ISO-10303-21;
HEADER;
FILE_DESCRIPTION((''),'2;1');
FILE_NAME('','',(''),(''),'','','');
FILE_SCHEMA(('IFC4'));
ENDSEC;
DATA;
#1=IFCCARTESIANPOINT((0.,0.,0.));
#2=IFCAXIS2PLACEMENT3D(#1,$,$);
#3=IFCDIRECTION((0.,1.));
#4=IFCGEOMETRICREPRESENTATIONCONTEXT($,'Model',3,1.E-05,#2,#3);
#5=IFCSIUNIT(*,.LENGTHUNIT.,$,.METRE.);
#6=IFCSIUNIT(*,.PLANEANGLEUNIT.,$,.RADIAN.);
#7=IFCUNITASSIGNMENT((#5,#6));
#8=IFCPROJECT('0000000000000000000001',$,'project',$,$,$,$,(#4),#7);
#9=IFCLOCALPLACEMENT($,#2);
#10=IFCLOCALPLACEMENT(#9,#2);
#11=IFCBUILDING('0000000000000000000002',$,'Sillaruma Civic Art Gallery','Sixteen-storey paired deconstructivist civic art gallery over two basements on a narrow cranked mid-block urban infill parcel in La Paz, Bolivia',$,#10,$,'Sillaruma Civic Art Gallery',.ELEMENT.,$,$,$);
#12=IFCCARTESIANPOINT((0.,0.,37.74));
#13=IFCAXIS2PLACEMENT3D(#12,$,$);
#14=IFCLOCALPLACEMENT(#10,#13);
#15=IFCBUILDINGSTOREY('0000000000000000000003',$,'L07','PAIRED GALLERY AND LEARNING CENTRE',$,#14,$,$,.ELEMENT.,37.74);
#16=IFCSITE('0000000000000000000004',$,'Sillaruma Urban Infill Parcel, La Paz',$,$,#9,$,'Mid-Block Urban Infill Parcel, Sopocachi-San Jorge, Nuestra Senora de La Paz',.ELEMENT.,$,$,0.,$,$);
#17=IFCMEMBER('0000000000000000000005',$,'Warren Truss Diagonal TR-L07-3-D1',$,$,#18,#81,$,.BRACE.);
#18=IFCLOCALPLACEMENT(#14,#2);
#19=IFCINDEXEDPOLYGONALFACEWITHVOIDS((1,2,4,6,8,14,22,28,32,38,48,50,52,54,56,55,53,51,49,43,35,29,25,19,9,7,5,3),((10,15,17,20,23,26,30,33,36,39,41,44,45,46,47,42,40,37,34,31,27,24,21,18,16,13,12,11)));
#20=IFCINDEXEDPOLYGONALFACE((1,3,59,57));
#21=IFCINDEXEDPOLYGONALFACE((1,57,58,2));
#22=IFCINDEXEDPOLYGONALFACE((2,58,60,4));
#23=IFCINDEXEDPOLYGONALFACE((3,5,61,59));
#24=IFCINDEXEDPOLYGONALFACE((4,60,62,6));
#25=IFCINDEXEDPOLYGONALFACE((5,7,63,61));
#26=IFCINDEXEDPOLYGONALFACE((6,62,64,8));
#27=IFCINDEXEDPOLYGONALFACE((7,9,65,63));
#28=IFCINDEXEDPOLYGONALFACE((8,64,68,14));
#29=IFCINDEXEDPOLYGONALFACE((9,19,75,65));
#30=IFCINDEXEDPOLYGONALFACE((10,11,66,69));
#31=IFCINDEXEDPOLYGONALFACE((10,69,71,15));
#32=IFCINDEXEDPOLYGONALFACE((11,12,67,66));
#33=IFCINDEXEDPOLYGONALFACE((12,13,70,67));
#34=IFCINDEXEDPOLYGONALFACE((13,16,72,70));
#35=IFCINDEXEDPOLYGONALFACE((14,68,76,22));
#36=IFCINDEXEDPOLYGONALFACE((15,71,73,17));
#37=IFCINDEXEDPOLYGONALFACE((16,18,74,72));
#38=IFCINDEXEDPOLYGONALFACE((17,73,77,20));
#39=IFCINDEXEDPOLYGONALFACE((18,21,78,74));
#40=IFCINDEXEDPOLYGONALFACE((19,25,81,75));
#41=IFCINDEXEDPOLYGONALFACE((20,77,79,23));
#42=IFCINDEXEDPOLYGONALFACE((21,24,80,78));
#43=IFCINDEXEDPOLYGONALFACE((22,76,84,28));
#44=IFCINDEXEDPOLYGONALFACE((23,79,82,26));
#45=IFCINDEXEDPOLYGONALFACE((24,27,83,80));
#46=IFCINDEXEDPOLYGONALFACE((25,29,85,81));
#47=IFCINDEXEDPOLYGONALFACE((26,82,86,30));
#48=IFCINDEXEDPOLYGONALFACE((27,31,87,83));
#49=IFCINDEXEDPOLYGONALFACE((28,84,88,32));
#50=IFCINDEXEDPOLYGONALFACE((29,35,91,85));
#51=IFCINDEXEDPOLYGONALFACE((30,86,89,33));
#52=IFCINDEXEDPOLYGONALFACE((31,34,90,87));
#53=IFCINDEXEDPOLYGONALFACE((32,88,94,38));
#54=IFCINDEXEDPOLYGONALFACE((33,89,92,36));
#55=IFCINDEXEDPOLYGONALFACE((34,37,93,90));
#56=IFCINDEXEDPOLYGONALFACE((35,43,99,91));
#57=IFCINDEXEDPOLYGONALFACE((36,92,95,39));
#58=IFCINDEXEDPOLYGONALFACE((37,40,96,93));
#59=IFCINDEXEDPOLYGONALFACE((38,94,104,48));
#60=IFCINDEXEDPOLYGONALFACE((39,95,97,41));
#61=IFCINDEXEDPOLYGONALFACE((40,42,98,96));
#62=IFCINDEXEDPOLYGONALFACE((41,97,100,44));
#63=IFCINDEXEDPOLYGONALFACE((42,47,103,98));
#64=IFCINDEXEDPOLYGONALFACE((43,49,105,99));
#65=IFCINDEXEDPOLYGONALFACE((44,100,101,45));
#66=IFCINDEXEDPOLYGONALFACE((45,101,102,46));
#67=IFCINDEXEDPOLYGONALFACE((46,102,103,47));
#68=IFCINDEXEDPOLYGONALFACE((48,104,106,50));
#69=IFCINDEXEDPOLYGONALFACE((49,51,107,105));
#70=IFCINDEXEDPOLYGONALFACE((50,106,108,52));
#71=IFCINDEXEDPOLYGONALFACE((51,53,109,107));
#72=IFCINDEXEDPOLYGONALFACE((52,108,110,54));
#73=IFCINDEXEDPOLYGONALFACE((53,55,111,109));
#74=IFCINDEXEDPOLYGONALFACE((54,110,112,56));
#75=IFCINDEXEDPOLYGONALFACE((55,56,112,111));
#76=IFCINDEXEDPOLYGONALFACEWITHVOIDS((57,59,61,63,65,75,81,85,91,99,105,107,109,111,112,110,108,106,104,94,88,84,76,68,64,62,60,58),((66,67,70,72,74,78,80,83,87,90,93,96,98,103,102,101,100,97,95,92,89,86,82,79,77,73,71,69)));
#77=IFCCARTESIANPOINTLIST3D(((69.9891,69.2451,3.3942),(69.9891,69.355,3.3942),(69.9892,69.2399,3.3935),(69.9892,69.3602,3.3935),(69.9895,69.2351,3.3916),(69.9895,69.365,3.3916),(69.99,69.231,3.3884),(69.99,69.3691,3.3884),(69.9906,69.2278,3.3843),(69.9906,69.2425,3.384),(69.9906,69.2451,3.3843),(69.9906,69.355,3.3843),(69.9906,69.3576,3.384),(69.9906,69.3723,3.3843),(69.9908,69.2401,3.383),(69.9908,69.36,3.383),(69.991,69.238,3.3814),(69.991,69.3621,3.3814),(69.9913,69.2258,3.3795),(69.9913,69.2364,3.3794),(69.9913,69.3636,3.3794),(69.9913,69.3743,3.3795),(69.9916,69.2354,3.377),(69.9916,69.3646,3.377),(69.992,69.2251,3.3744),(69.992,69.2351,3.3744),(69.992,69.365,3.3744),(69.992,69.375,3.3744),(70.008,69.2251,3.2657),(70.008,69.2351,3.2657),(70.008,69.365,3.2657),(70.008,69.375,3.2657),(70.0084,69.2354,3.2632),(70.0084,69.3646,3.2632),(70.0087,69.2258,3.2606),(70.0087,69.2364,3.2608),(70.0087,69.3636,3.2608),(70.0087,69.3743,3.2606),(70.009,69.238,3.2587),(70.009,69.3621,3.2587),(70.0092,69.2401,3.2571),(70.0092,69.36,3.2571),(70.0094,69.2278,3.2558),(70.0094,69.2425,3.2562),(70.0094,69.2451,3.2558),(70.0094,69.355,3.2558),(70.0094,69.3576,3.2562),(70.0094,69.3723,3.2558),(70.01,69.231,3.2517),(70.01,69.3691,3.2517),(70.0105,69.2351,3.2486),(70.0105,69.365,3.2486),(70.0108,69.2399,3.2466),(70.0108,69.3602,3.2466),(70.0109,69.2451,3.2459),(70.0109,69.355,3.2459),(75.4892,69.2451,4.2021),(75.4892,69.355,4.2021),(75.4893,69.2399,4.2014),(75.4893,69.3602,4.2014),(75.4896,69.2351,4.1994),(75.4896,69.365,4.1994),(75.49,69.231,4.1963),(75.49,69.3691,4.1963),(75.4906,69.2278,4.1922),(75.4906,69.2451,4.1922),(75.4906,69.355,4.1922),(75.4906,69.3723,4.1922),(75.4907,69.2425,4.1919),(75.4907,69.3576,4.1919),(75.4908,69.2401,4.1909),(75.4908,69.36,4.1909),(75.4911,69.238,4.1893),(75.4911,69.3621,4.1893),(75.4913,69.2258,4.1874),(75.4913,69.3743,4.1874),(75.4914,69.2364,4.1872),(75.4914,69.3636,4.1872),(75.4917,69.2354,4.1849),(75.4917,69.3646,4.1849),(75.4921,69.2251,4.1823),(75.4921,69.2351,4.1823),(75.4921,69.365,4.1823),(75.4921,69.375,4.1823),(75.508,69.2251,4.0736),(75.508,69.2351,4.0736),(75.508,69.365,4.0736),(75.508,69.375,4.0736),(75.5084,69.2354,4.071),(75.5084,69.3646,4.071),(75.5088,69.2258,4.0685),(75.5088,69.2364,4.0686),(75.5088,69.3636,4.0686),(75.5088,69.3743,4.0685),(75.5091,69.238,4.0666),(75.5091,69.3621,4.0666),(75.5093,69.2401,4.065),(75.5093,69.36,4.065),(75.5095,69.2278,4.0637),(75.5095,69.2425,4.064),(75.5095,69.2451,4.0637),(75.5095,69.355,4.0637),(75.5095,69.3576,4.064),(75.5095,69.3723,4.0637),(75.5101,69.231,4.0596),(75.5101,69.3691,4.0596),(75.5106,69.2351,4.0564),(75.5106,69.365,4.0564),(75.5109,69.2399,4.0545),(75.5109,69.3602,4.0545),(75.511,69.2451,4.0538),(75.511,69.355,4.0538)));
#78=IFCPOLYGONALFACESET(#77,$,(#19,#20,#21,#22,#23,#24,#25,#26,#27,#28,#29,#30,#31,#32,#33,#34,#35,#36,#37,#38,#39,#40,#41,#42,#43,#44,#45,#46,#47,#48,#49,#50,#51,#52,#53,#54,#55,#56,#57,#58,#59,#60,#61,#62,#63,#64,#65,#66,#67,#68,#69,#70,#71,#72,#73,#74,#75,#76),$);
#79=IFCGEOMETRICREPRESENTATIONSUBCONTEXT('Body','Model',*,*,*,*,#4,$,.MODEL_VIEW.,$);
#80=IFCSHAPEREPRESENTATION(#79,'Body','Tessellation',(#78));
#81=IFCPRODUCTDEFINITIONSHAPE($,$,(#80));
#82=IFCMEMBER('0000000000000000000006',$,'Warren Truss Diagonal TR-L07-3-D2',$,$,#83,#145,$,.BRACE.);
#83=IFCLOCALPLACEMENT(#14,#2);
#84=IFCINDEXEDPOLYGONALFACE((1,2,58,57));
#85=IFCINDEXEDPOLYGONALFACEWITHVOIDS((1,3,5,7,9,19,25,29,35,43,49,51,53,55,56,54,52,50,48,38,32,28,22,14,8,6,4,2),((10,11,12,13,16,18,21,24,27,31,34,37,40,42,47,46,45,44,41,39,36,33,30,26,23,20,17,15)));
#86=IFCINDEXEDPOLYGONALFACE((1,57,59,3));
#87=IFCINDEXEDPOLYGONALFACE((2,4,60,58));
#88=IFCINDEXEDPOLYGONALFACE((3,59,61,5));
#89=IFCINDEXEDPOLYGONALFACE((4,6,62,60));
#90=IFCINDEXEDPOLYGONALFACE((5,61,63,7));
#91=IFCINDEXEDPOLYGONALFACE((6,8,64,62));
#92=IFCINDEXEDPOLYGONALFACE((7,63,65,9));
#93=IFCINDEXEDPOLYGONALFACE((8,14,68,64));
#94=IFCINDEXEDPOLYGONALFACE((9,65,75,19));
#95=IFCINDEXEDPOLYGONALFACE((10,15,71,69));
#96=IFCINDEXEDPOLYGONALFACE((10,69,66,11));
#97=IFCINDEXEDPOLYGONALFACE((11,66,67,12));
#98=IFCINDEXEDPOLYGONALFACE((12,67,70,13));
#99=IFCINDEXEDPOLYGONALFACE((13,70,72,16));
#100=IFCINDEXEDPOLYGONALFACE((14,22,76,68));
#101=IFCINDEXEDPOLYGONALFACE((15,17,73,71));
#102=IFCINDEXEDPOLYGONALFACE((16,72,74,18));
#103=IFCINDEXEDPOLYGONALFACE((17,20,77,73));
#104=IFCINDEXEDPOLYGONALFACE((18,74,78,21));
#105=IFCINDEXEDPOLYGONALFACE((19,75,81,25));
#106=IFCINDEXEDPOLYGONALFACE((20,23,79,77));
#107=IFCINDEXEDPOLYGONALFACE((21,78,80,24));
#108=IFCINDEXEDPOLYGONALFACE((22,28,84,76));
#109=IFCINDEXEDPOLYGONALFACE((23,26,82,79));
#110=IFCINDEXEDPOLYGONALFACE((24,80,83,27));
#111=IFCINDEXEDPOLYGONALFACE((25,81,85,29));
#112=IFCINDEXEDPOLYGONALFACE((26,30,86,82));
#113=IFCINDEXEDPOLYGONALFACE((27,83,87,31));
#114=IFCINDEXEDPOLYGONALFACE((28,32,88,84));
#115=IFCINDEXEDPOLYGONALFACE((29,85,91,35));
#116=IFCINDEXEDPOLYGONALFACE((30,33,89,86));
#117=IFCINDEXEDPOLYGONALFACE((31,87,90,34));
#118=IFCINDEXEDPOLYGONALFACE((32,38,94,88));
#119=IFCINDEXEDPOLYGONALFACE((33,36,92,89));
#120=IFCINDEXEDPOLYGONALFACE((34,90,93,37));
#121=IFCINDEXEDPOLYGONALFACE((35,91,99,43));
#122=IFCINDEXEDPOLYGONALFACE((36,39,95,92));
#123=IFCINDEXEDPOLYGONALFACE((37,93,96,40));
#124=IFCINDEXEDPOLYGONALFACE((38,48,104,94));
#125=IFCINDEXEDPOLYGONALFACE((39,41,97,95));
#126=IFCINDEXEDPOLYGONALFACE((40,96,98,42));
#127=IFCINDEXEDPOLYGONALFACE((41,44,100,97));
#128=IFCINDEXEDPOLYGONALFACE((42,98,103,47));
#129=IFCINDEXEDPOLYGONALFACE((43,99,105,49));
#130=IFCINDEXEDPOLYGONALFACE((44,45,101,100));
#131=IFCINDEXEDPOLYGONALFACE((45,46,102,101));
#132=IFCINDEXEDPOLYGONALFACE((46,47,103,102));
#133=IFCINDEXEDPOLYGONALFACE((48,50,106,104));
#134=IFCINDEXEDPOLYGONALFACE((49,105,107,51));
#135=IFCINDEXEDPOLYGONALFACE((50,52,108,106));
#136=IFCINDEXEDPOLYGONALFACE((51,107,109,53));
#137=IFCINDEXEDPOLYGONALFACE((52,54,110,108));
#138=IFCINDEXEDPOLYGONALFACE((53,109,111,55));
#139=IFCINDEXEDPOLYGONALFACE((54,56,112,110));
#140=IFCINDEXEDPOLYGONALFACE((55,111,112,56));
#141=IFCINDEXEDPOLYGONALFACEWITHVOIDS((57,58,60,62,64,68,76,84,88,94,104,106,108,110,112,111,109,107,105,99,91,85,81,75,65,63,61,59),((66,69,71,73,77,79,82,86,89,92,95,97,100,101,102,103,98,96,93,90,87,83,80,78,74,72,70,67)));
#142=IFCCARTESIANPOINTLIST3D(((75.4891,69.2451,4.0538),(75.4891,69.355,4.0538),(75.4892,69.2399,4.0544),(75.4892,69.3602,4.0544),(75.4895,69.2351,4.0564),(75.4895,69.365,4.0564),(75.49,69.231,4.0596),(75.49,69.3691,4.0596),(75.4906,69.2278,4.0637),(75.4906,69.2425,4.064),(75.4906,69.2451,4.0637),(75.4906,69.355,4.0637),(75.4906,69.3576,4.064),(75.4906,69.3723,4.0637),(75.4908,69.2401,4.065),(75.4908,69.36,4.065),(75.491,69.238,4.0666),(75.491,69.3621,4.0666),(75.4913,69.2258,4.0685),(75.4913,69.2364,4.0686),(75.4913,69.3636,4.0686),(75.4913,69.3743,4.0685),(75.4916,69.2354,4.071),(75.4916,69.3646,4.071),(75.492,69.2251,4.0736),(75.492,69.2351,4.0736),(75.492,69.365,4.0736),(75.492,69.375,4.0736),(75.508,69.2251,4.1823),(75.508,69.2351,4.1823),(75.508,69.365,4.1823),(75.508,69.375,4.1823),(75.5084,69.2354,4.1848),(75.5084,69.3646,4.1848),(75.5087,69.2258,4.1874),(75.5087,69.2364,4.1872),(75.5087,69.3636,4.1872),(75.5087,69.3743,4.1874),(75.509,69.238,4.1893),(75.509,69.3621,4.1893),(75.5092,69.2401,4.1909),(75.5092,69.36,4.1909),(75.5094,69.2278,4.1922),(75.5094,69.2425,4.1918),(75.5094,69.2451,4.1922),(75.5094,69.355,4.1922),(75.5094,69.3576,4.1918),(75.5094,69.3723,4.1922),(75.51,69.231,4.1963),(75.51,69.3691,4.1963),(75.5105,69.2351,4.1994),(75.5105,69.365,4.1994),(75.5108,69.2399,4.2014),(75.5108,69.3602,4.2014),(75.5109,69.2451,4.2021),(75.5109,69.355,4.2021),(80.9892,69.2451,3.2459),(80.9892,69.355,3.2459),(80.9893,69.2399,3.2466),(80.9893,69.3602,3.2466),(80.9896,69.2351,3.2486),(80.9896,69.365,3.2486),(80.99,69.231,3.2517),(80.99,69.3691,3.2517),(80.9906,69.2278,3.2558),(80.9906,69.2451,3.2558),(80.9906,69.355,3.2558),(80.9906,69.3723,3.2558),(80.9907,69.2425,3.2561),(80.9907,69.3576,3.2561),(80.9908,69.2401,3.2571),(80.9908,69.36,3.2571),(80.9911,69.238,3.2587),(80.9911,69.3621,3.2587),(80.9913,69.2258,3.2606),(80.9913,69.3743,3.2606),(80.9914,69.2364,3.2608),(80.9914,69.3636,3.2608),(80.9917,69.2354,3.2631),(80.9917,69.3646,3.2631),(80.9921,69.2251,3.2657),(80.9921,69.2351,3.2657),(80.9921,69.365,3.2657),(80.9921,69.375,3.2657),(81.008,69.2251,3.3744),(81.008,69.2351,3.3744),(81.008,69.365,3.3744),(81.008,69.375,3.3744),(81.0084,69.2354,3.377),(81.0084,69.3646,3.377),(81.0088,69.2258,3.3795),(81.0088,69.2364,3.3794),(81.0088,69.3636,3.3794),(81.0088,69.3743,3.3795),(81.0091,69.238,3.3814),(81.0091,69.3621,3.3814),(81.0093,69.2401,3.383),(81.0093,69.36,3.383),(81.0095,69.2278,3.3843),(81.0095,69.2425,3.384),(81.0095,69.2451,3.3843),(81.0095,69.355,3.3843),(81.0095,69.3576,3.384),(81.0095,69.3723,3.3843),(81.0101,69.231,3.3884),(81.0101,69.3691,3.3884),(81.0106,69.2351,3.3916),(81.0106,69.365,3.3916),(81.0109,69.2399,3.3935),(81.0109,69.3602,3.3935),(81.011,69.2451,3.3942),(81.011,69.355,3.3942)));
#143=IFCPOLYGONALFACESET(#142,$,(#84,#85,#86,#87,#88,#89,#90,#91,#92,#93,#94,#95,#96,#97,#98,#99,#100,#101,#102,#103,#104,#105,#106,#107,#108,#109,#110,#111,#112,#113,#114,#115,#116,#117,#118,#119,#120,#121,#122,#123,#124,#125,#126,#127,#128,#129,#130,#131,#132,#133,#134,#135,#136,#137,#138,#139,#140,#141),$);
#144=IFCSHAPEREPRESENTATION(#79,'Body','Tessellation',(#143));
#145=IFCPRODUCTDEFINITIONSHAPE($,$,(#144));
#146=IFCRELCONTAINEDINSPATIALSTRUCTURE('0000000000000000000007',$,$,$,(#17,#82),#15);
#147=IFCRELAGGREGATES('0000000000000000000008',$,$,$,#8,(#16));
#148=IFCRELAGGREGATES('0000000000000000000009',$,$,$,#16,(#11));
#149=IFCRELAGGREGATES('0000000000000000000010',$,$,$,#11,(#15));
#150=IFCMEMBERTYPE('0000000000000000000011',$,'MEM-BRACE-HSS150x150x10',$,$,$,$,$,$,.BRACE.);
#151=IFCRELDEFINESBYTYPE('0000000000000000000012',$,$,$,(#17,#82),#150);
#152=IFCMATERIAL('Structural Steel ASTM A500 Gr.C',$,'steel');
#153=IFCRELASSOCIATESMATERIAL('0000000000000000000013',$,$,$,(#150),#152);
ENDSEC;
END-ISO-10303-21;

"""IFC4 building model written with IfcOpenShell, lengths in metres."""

from ifc_helpers import new_model, si_unit, direction, frame, origin, origin_2d, place, context, subcontext, project, spatial, hollow_rectangle, extrude, material, material_profile, profile_set, type_object, element, save


model = new_model("IFC4")

# Units and contexts
model_context = context("Model", 3, precision=1e-05, world=origin(), true_north=direction((0.0, 1.0)))
body_context = subcontext(model_context, "Body", "Model", "MODEL_VIEW")
ifc_project = project(units=[si_unit("LENGTHUNIT", "METRE"), si_unit("PLANEANGLEUNIT", "RADIAN")], contexts=[model_context])

# Site, building, storey
site_placement = place(None, origin())
site = spatial("IfcSite", under=ifc_project, at=site_placement, Name="Sillaruma Urban Infill Parcel, La Paz", LongName="Mid-Block Urban Infill Parcel, Sopocachi-San Jorge, Nuestra Senora de La Paz", CompositionType="ELEMENT", RefElevation=0.0)
building_placement = place(site_placement, origin())
building = spatial("IfcBuilding", under=site, at=building_placement, Name="Sillaruma Civic Art Gallery", Description="Sixteen-storey paired deconstructivist civic art gallery over two basements on a narrow cranked mid-block urban infill parcel in La Paz, Bolivia", LongName="Sillaruma Civic Art Gallery", CompositionType="ELEMENT")
storey_placement = place(building_placement, frame((0.0, 0.0, 37.74)))
storey = spatial("IfcBuildingStorey", under=building, at=storey_placement, Name="L07", Description="PAIRED GALLERY AND LEARNING CENTRE", CompositionType="ELEMENT", Elevation=37.74)

# Members
ifc_material_1 = material(Name="Structural Steel ASTM A500 Gr.C", Category="steel")
ifc_material_profile_1 = material_profile(ifc_material_1, hollow_rectangle(XDim=0.1499, YDim=0.1499, WallThickness=0.01, InnerFilletRadius=0.01, OuterFilletRadius=0.02, at=origin_2d()), Name="HSS150x150x10")
ifc_profile_set_1 = profile_set([ifc_material_profile_1], Name="Structural Steel ASTM A500 Gr.C")
member_type_1 = type_object("IfcMemberType", Name="MEM-BRACE-HSS150x150x10", PredefinedType="BRACE", material=ifc_profile_set_1)
for number, where, z_axis, x_axis, name in (
    (1, (70.0, 69.3, 3.3201), (0.989384, 0.0, 0.145325), (0.0, 1.0, 0.0), "Warren Truss Diagonal TR-L07-3-D1"),
    (2, (75.5, 69.3, 4.1279), (0.989384, 0.0, -0.145325), (0.0, 1.0, 0.0), "Warren Truss Diagonal TR-L07-3-D2"),
):
    element("IfcMember", number, at=place(storey_placement, frame(where, z_axis=z_axis, x_axis=x_axis)), inside=storey, type_object=member_type_1, Name=name, PredefinedType="BRACE", context=body_context, shape_type="SweptSolid", body=[
        extrude(hollow_rectangle(XDim=0.1499, YDim=0.1499, WallThickness=0.01, InnerFilletRadius=0.01, OuterFilletRadius=0.02, at=origin_2d()), origin(), (0.0, 0.0, 1.0), 5.5591),
    ])

save(model, "model.ifc")
